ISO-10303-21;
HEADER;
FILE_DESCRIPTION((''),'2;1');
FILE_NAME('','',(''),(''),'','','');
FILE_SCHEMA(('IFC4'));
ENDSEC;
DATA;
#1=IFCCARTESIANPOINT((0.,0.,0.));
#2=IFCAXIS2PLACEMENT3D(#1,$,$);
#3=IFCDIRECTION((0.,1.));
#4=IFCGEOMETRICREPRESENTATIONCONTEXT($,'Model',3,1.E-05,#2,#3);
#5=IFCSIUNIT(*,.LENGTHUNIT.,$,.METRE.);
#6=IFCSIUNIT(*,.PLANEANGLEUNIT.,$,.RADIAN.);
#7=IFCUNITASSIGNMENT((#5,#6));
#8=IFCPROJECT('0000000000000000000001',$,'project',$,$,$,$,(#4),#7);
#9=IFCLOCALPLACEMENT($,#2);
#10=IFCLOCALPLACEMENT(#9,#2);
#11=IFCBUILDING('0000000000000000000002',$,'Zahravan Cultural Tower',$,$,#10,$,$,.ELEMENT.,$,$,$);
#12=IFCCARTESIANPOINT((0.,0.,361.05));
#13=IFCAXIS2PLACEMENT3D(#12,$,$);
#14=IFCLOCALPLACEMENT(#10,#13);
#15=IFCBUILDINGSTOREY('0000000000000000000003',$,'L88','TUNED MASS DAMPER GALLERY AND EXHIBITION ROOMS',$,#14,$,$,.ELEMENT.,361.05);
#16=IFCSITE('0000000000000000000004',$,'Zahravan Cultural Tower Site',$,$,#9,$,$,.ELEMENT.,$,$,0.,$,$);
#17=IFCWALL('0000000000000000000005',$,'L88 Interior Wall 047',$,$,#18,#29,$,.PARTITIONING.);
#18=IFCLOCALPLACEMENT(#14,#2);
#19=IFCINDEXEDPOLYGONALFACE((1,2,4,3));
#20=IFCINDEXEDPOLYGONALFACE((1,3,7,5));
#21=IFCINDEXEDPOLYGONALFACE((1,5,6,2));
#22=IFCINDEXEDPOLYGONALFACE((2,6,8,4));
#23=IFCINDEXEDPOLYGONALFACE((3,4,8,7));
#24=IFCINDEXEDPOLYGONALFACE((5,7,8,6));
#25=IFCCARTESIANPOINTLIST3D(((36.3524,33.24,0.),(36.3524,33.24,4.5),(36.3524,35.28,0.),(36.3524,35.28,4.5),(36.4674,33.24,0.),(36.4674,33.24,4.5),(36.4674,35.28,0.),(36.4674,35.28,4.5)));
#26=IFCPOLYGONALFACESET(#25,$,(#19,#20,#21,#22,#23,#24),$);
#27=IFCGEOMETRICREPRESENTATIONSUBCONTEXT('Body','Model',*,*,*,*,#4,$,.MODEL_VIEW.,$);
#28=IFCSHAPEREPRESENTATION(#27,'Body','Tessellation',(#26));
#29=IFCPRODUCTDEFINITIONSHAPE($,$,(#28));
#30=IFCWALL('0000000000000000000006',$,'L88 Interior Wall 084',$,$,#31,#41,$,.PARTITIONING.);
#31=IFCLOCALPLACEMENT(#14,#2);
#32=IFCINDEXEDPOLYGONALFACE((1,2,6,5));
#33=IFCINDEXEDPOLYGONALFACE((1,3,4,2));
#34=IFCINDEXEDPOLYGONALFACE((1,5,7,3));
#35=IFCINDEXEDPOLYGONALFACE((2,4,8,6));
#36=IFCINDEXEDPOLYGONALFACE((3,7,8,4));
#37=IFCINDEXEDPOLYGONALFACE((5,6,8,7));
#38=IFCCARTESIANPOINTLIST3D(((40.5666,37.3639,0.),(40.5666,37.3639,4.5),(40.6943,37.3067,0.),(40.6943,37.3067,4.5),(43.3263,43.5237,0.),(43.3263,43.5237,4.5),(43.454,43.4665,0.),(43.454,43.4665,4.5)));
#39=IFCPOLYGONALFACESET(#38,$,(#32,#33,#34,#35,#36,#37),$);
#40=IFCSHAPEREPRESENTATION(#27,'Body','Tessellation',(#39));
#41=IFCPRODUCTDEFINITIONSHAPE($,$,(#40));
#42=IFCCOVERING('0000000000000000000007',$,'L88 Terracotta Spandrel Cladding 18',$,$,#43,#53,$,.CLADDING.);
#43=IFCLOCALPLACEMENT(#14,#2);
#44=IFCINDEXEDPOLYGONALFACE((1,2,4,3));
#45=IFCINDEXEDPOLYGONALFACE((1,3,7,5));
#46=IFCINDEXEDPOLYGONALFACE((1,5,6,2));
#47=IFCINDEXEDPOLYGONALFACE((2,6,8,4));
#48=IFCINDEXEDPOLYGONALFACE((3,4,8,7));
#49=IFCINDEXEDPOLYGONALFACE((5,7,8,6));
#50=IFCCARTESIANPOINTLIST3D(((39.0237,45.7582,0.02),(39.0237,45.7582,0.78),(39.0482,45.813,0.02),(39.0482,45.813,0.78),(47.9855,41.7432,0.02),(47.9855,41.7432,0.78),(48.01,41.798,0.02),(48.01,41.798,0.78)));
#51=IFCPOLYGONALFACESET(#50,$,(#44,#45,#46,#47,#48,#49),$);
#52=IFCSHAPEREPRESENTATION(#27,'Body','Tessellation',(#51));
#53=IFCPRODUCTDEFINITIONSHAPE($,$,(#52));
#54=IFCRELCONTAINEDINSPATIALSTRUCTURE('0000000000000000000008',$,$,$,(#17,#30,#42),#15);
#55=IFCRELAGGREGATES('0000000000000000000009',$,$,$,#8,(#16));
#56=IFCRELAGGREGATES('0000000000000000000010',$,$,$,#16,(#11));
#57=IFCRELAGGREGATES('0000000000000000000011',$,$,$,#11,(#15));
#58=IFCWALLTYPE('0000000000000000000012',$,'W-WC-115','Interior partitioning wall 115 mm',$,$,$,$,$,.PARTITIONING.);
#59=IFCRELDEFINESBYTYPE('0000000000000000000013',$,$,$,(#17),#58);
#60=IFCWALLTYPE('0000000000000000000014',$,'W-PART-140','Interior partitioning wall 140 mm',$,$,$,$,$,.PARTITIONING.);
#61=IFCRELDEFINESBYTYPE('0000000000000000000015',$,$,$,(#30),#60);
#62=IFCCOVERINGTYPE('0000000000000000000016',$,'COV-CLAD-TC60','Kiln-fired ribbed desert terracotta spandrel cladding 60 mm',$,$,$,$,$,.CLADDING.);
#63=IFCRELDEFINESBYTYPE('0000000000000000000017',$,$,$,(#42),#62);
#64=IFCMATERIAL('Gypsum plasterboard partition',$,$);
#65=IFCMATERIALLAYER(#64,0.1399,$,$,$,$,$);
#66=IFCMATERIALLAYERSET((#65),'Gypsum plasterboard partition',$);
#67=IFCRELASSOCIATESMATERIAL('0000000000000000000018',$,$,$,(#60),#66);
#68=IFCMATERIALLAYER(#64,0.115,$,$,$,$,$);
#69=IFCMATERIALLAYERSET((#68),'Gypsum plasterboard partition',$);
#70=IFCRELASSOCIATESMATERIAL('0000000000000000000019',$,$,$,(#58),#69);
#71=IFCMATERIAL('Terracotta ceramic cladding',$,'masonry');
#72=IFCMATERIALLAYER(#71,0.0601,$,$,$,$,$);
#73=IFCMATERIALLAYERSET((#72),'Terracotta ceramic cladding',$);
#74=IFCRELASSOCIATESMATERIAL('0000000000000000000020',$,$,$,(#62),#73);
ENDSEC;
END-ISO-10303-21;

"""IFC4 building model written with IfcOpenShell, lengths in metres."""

from ifc_helpers import new_model, si_unit, direction, frame, frame_2d, origin, origin_2d, place, context, subcontext, project, spatial, rectangle, extrude, source, transform, mapped, material, layer, layer_set, type_object, element, save


model = new_model("IFC4")

# Units and contexts
model_context = context("Model", 3, precision=1e-05, world=origin(), true_north=direction((0.0, 1.0)))
body_context = subcontext(model_context, "Body", "Model", "MODEL_VIEW")
ifc_project = project(units=[si_unit("LENGTHUNIT", "METRE"), si_unit("PLANEANGLEUNIT", "RADIAN")], contexts=[model_context])

# Site, building, storey
site_placement = place(None, origin())
site = spatial("IfcSite", under=ifc_project, at=site_placement, Name="Zahravan Cultural Tower Site", CompositionType="ELEMENT", RefElevation=0.0)
building_placement = place(site_placement, origin())
building = spatial("IfcBuilding", under=site, at=building_placement, Name="Zahravan Cultural Tower", CompositionType="ELEMENT")
storey_placement = place(building_placement, frame((0.0, 0.0, 361.05)))
storey = spatial("IfcBuildingStorey", under=building, at=storey_placement, Name="L88", Description="TUNED MASS DAMPER GALLERY AND EXHIBITION ROOMS", CompositionType="ELEMENT", Elevation=361.05)

# Shared definitions
ifc_material_1 = material(Name="Gypsum plasterboard partition")
ifc_layer_1 = layer(ifc_material_1, 0.1399)
ifc_layer_set_1 = layer_set([ifc_layer_1], Name="Gypsum plasterboard partition")
wall_type_1 = type_object("IfcWallType", Name="W-PART-140", Description="Interior partitioning wall 140 mm", PredefinedType="PARTITIONING", material=ifc_layer_set_1)
ifc_layer_2 = layer(ifc_material_1, 0.115)
ifc_layer_set_2 = layer_set([ifc_layer_2], Name="Gypsum plasterboard partition")
wall_type_2 = type_object("IfcWallType", Name="W-WC-115", Description="Interior partitioning wall 115 mm", PredefinedType="PARTITIONING", material=ifc_layer_set_2)

# Walls
shared_shape_1 = source(origin(), body_context, "Body", "SweptSolid", [
    extrude(rectangle(XDim=2.04, YDim=0.115, at=frame_2d((1.02, 0.0))), origin(), (0.0, 0.0, 1.0), 4.5),
])
wall_1_placement = place(storey_placement, frame((36.4099, 35.28, 0.0), z_axis=(0.0, 0.0, 1.0), x_axis=(0.0, -1.0, 0.0)))
element("IfcWall", 1, at=wall_1_placement, inside=storey, type_object=wall_type_2, Name="L88 Interior Wall 047", PredefinedType="PARTITIONING", context=body_context, shape_type="MappedRepresentation", body=[
    mapped(shared_shape_1, transform((0.0, 0.0, 0.0), x_axis=(1.0, 0.0, 0.0), y_axis=(0.0, 1.0, 0.0), z_axis=(0.0, 0.0, 1.0), scale=1.0)),
])
shared_shape_2 = source(origin(), body_context, "Body", "SweptSolid", [
    extrude(rectangle(XDim=6.7498, YDim=0.1399, at=frame_2d((3.375, 0.0))), origin(), (0.0, 0.0, 1.0), 4.5),
])
wall_2_placement = place(storey_placement, frame((40.6304, 37.3352, 0.0), z_axis=(0.0, 0.0, 1.0), x_axis=(0.408862, 0.912596, 0.0)))
element("IfcWall", 2, at=wall_2_placement, inside=storey, type_object=wall_type_1, Name="L88 Interior Wall 084", PredefinedType="PARTITIONING", context=body_context, shape_type="MappedRepresentation", body=[
    mapped(shared_shape_2, transform((0.0, 0.0, 0.0), x_axis=(1.0, 0.0, 0.0), y_axis=(0.0, 1.0, 0.0), z_axis=(0.0, 0.0, 1.0), scale=1.0)),
])

# Covering
ifc_material_2 = material(Name="Terracotta ceramic cladding", Category="masonry")
ifc_layer_3 = layer(ifc_material_2, 0.0601)
ifc_layer_set_3 = layer_set([ifc_layer_3], Name="Terracotta ceramic cladding")
covering_type = type_object("IfcCoveringType", Name="COV-CLAD-TC60", Description="Kiln-fired ribbed desert terracotta spandrel cladding 60 mm", PredefinedType="CLADDING", material=ifc_layer_set_3)
shared_shape_3 = source(origin(), body_context, "Body", "SweptSolid", [
    extrude(rectangle(XDim=9.8201, YDim=0.0601, at=origin_2d()), origin(), (0.0, 0.0, 1.0), 0.76),
])
covering_placement = place(storey_placement, frame((43.5168, 43.7781, 0.02), z_axis=(0.0, 0.0, 1.0), x_axis=(0.912599, -0.408856, 0.0)))
element("IfcCovering", 3, at=covering_placement, inside=storey, type_object=covering_type, Name="L88 Terracotta Spandrel Cladding 18", PredefinedType="CLADDING", context=body_context, shape_type="MappedRepresentation", body=[
    mapped(shared_shape_3, transform((0.0, 0.0, 0.0), x_axis=(1.0, 0.0, 0.0), y_axis=(0.0, 1.0, 0.0), z_axis=(0.0, 0.0, 1.0), scale=1.0)),
])

save(model, "model.ifc")
